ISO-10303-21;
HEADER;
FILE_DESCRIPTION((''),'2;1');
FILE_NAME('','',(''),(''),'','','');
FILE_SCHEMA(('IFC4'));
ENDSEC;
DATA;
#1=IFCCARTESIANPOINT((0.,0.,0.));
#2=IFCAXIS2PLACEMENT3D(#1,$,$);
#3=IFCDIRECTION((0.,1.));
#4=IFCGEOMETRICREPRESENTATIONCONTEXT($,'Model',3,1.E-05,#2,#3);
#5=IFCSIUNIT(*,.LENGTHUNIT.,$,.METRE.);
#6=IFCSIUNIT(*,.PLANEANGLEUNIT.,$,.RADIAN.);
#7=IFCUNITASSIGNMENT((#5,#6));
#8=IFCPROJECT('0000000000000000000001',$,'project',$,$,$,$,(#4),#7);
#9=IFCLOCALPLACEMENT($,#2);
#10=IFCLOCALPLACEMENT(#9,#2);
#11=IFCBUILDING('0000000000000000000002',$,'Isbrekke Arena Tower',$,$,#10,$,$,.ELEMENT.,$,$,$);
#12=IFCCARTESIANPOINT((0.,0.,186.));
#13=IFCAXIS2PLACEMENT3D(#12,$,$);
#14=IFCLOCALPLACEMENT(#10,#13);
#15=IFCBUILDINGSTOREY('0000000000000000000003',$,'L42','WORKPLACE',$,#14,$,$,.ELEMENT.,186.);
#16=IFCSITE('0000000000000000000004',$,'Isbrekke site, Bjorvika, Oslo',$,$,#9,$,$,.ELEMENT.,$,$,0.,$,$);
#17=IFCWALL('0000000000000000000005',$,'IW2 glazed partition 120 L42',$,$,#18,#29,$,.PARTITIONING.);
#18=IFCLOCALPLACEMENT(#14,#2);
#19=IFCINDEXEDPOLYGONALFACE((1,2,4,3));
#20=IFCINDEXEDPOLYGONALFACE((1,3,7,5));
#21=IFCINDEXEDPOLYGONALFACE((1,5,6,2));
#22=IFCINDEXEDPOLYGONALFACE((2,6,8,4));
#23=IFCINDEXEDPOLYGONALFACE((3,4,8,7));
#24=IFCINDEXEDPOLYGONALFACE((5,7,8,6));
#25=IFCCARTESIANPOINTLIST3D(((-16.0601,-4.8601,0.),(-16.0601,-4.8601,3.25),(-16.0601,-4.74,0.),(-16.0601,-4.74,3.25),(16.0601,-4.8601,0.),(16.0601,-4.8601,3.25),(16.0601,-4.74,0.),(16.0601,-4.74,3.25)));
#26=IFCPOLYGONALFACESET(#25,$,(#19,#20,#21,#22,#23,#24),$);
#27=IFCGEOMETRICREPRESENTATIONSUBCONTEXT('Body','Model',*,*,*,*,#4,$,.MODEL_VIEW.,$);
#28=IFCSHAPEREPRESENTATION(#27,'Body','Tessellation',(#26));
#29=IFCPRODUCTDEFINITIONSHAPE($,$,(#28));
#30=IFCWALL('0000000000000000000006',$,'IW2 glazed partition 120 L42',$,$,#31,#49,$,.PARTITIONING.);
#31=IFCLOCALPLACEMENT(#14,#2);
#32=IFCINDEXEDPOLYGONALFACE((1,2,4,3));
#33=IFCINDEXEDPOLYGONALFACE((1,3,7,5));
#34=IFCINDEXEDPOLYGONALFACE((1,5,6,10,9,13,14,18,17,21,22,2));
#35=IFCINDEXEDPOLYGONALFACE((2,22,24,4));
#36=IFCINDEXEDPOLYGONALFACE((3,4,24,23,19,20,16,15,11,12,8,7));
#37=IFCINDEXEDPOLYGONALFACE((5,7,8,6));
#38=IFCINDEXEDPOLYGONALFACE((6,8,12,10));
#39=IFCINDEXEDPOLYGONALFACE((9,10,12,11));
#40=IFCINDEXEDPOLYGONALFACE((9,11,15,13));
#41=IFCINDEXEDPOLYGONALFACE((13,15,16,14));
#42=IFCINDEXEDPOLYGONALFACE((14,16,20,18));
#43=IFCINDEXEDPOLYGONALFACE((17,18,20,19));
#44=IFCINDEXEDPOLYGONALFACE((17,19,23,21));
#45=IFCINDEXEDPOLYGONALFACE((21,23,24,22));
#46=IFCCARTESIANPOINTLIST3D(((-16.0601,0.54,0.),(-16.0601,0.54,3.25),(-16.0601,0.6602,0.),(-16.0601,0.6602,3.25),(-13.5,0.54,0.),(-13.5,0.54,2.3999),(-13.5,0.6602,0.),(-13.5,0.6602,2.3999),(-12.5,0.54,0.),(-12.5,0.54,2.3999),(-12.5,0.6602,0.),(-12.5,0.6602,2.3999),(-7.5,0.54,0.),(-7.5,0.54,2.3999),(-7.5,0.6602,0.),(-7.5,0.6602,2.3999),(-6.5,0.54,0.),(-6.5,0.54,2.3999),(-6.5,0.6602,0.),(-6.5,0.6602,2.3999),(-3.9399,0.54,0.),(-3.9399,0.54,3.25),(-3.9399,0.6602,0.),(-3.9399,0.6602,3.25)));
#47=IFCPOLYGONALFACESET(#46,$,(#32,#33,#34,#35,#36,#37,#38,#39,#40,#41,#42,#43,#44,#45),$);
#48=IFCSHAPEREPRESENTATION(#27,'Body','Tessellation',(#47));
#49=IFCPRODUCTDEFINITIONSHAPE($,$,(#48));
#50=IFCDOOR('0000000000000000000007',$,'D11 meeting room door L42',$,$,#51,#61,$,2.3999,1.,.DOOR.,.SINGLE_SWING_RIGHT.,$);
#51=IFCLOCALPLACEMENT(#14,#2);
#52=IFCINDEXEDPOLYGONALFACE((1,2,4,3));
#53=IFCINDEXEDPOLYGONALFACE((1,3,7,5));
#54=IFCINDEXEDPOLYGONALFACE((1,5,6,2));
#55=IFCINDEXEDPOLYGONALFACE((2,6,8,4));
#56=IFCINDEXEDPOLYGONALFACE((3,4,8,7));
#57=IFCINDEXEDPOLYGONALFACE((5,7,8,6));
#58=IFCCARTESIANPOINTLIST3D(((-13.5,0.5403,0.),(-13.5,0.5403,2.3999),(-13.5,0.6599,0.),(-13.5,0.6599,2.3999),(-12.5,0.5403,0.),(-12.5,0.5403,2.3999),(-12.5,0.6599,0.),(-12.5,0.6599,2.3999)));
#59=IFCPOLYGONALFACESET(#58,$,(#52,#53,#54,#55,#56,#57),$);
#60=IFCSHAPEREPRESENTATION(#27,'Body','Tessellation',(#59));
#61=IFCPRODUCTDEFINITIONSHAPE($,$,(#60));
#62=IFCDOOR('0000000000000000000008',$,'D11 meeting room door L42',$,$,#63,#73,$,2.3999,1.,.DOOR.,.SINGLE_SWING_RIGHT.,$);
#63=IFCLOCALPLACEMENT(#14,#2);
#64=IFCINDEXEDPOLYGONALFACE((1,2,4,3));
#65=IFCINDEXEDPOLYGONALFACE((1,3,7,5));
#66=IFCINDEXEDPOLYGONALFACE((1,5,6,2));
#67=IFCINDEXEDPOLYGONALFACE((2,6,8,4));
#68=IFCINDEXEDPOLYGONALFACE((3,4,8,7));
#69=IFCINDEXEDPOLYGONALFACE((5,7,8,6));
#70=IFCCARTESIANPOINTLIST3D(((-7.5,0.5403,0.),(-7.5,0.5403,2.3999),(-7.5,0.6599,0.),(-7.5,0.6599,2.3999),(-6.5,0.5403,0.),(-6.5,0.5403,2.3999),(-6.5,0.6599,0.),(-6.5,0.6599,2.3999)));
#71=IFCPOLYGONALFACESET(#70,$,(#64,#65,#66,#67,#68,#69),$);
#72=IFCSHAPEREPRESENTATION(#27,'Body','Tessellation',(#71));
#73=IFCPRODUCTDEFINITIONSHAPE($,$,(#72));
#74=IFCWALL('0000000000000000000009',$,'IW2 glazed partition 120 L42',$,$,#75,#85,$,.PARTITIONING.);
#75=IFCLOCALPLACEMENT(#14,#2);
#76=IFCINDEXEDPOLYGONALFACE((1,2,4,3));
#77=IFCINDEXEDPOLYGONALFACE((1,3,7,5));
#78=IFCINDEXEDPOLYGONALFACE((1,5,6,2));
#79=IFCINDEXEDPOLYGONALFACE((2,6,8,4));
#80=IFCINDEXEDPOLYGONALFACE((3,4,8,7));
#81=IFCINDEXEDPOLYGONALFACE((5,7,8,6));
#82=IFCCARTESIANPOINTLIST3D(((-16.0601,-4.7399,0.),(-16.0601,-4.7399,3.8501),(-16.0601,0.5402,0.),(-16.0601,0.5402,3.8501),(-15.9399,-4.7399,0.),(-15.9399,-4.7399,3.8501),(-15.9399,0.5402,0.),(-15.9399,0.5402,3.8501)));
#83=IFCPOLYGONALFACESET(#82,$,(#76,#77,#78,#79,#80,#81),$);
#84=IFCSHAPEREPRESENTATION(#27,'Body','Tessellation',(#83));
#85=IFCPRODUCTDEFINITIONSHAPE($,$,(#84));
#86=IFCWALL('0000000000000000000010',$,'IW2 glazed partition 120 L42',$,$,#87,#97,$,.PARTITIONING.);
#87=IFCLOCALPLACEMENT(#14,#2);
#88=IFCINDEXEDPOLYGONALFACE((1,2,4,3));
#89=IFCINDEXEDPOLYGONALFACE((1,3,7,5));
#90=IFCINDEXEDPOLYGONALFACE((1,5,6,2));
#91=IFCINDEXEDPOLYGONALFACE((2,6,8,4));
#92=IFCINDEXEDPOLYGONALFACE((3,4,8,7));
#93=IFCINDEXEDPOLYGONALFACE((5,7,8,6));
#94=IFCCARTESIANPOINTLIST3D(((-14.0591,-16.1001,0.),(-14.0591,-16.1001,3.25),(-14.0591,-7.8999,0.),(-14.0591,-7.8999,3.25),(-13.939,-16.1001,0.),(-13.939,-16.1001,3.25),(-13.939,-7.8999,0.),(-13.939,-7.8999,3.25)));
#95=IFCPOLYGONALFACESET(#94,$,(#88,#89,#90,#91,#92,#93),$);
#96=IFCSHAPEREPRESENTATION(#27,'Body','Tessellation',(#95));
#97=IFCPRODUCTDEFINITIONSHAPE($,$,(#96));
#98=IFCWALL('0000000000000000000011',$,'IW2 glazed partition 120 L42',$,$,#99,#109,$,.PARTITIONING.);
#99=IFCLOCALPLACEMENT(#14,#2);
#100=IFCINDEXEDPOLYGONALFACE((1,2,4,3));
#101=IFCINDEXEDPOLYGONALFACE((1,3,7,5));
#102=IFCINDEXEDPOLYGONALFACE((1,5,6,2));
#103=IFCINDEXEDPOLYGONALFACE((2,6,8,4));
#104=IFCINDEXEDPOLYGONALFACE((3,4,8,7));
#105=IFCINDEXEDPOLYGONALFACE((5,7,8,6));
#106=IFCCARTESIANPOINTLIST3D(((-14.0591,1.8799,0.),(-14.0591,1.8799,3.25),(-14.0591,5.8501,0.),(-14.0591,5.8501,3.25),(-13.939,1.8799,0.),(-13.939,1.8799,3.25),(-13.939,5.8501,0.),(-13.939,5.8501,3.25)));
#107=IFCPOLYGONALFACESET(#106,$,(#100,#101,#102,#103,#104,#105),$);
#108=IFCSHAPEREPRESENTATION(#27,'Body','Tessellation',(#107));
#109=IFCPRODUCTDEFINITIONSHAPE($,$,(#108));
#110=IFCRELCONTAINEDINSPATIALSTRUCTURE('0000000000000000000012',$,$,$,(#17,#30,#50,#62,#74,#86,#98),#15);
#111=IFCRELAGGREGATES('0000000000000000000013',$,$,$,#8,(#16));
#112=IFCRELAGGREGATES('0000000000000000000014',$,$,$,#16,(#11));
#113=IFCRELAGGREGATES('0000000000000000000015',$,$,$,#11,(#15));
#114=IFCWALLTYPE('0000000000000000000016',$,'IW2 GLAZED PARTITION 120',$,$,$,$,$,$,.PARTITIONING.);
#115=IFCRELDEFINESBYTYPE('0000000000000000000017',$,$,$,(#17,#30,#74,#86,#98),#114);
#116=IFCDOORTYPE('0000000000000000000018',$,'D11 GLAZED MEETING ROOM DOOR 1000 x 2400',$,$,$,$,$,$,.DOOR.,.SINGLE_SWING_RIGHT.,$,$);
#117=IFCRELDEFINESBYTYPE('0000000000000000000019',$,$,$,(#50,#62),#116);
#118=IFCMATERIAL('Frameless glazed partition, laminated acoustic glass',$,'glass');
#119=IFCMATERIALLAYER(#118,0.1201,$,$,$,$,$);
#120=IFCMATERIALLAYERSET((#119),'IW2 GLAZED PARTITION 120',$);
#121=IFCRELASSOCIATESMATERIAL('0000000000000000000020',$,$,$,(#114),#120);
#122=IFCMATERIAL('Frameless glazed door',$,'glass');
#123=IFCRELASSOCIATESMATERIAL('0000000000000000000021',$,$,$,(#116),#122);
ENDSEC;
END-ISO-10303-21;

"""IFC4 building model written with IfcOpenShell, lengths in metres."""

from ifc_helpers import new_model, si_unit, direction, frame, frame_2d, origin, place, context, subcontext, project, spatial, rectangle, extrude, material, layer, layer_set, type_object, element, fill, save


model = new_model("IFC4")

# Units and contexts
model_context = context("Model", 3, precision=1e-05, world=origin(), true_north=direction((0.0, 1.0)))
body_context = subcontext(model_context, "Body", "Model", "MODEL_VIEW")
ifc_project = project(units=[si_unit("LENGTHUNIT", "METRE"), si_unit("PLANEANGLEUNIT", "RADIAN")], contexts=[model_context])

# Site, building, storey
site_placement = place(None, origin())
site = spatial("IfcSite", under=ifc_project, at=site_placement, Name="Isbrekke site, Bjorvika, Oslo", CompositionType="ELEMENT", RefElevation=0.0)
building_placement = place(site_placement, origin())
building = spatial("IfcBuilding", under=site, at=building_placement, Name="Isbrekke Arena Tower", CompositionType="ELEMENT")
storey_placement = place(building_placement, frame((0.0, 0.0, 186.0)))
storey = spatial("IfcBuildingStorey", under=building, at=storey_placement, Name="L42", Description="WORKPLACE", CompositionType="ELEMENT", Elevation=186.0)

# Wall
ifc_material_1 = material(Name="Frameless glazed partition, laminated acoustic glass", Category="glass")
ifc_layer_1 = layer(ifc_material_1, 0.1201)
ifc_layer_set_1 = layer_set([ifc_layer_1], Name="IW2 GLAZED PARTITION 120")
wall_type = type_object("IfcWallType", Name="IW2 GLAZED PARTITION 120", PredefinedType="PARTITIONING", material=ifc_layer_set_1)
wall_1_placement = place(storey_placement, frame((-16.0601, -4.8, 0.0), z_axis=(0.0, 0.0, 1.0), x_axis=(1.0, 0.0, 0.0)))
element("IfcWall", 1, at=wall_1_placement, inside=storey, type_object=wall_type, Name="IW2 glazed partition 120 L42", PredefinedType="PARTITIONING", context=body_context, shape_type="SweptSolid", body=[
    extrude(rectangle(XDim=32.1201, YDim=0.1201, at=frame_2d((16.0601, 0.0))), origin(), (0.0, 0.0, 1.0), 3.25),
])

# Wall, openings, doors
wall_2_placement = place(storey_placement, frame((-16.0601, 0.6001, 0.0), z_axis=(0.0, 0.0, 1.0), x_axis=(1.0, 0.0, 0.0)))
wall_2 = element("IfcWall", 2, at=wall_2_placement, inside=storey, type_object=wall_type, Name="IW2 glazed partition 120 L42", PredefinedType="PARTITIONING", context=body_context, shape_type="SweptSolid", body=[
    extrude(rectangle(XDim=12.1201, YDim=0.1201, at=frame_2d((6.0601, 0.0))), origin(), (0.0, 0.0, 1.0), 3.25),
])
opening_1_placement = place(wall_2_placement, frame((2.5601, 0.0, 0.0)))
opening_1 = element("IfcOpeningElement", 3, at=opening_1_placement, cuts=wall_2, PredefinedType="OPENING", context=body_context, shape_type="SweptSolid", body=[
    extrude(rectangle(XDim=1.0, YDim=2.3999, at=frame_2d((0.5, 1.2))), frame((0.0, 0.075, 0.0), z_axis=(0.0, -1.0, 0.0), x_axis=(1.0, 0.0, 0.0)), (0.0, 0.0, 1.0), 0.1499),
])
opening_2_placement = place(wall_2_placement, frame((8.5601, 0.0, 0.0)))
opening_2 = element("IfcOpeningElement", 4, at=opening_2_placement, cuts=wall_2, PredefinedType="OPENING", context=body_context, shape_type="SweptSolid", body=[
    extrude(rectangle(XDim=1.0, YDim=2.3999, at=frame_2d((0.5, 1.2))), frame((0.0, 0.075, 0.0), z_axis=(0.0, -1.0, 0.0), x_axis=(1.0, 0.0, 0.0)), (0.0, 0.0, 1.0), 0.1499),
])
ifc_material_2 = material(Name="Frameless glazed door", Category="glass")
door_type = type_object("IfcDoorType", Name="D11 GLAZED MEETING ROOM DOOR 1000 x 2400", OperationType="SINGLE_SWING_RIGHT", PredefinedType="DOOR", material=ifc_material_2)
door_1_placement = place(opening_1_placement, origin())
door_1 = element("IfcDoor", 5, at=door_1_placement, inside=storey, type_object=door_type, Name="D11 meeting room door L42", OperationType="SINGLE_SWING_RIGHT", OverallHeight=2.3999, OverallWidth=1.0, PredefinedType="DOOR", context=body_context, shape_type="SweptSolid", body=[
    extrude(rectangle(XDim=1.0, YDim=2.3999, at=frame_2d((0.5, 1.2))), frame((0.0, 0.0598, 0.0), z_axis=(0.0, -1.0, 0.0), x_axis=(1.0, 0.0, 0.0)), (0.0, 0.0, 1.0), 0.1196),
])
fill(opening_1, door_1)
door_2_placement = place(opening_2_placement, origin())
door_2 = element("IfcDoor", 6, at=door_2_placement, inside=storey, type_object=door_type, Name="D11 meeting room door L42", OperationType="SINGLE_SWING_RIGHT", OverallHeight=2.3999, OverallWidth=1.0, PredefinedType="DOOR", context=body_context, shape_type="SweptSolid", body=[
    extrude(rectangle(XDim=1.0, YDim=2.3999, at=frame_2d((0.5, 1.2))), frame((0.0, 0.0598, 0.0), z_axis=(0.0, -1.0, 0.0), x_axis=(1.0, 0.0, 0.0)), (0.0, 0.0, 1.0), 0.1196),
])
fill(opening_2, door_2)

# Walls
wall_3_placement = place(storey_placement, frame((-16.0, -4.74, 0.0), z_axis=(0.0, 0.0, 1.0), x_axis=(0.0, 1.0, 0.0)))
element("IfcWall", 7, at=wall_3_placement, inside=storey, type_object=wall_type, Name="IW2 glazed partition 120 L42", PredefinedType="PARTITIONING", context=body_context, shape_type="SweptSolid", body=[
    extrude(rectangle(XDim=5.28, YDim=0.1201, at=frame_2d((2.6401, 0.0))), origin(), (0.0, 0.0, 1.0), 3.8501),
])
wall_4_placement = place(storey_placement, frame((-13.999, -16.1001, 0.0), z_axis=(0.0, 0.0, 1.0), x_axis=(0.0, 1.0, 0.0)))
element("IfcWall", 8, at=wall_4_placement, inside=storey, type_object=wall_type, Name="IW2 glazed partition 120 L42", PredefinedType="PARTITIONING", context=body_context, shape_type="SweptSolid", body=[
    extrude(rectangle(XDim=8.2002, YDim=0.1201, at=frame_2d((4.1001, 0.0))), origin(), (0.0, 0.0, 1.0), 3.25),
])
wall_5_placement = place(storey_placement, frame((-13.999, 1.8799, 0.0), z_axis=(0.0, 0.0, 1.0), x_axis=(0.0, 1.0, 0.0)))
element("IfcWall", 9, at=wall_5_placement, inside=storey, type_object=wall_type, Name="IW2 glazed partition 120 L42", PredefinedType="PARTITIONING", context=body_context, shape_type="SweptSolid", body=[
    extrude(rectangle(XDim=3.9702, YDim=0.1201, at=frame_2d((1.9851, 0.0))), origin(), (0.0, 0.0, 1.0), 3.25),
])

save(model, "model.ifc")
